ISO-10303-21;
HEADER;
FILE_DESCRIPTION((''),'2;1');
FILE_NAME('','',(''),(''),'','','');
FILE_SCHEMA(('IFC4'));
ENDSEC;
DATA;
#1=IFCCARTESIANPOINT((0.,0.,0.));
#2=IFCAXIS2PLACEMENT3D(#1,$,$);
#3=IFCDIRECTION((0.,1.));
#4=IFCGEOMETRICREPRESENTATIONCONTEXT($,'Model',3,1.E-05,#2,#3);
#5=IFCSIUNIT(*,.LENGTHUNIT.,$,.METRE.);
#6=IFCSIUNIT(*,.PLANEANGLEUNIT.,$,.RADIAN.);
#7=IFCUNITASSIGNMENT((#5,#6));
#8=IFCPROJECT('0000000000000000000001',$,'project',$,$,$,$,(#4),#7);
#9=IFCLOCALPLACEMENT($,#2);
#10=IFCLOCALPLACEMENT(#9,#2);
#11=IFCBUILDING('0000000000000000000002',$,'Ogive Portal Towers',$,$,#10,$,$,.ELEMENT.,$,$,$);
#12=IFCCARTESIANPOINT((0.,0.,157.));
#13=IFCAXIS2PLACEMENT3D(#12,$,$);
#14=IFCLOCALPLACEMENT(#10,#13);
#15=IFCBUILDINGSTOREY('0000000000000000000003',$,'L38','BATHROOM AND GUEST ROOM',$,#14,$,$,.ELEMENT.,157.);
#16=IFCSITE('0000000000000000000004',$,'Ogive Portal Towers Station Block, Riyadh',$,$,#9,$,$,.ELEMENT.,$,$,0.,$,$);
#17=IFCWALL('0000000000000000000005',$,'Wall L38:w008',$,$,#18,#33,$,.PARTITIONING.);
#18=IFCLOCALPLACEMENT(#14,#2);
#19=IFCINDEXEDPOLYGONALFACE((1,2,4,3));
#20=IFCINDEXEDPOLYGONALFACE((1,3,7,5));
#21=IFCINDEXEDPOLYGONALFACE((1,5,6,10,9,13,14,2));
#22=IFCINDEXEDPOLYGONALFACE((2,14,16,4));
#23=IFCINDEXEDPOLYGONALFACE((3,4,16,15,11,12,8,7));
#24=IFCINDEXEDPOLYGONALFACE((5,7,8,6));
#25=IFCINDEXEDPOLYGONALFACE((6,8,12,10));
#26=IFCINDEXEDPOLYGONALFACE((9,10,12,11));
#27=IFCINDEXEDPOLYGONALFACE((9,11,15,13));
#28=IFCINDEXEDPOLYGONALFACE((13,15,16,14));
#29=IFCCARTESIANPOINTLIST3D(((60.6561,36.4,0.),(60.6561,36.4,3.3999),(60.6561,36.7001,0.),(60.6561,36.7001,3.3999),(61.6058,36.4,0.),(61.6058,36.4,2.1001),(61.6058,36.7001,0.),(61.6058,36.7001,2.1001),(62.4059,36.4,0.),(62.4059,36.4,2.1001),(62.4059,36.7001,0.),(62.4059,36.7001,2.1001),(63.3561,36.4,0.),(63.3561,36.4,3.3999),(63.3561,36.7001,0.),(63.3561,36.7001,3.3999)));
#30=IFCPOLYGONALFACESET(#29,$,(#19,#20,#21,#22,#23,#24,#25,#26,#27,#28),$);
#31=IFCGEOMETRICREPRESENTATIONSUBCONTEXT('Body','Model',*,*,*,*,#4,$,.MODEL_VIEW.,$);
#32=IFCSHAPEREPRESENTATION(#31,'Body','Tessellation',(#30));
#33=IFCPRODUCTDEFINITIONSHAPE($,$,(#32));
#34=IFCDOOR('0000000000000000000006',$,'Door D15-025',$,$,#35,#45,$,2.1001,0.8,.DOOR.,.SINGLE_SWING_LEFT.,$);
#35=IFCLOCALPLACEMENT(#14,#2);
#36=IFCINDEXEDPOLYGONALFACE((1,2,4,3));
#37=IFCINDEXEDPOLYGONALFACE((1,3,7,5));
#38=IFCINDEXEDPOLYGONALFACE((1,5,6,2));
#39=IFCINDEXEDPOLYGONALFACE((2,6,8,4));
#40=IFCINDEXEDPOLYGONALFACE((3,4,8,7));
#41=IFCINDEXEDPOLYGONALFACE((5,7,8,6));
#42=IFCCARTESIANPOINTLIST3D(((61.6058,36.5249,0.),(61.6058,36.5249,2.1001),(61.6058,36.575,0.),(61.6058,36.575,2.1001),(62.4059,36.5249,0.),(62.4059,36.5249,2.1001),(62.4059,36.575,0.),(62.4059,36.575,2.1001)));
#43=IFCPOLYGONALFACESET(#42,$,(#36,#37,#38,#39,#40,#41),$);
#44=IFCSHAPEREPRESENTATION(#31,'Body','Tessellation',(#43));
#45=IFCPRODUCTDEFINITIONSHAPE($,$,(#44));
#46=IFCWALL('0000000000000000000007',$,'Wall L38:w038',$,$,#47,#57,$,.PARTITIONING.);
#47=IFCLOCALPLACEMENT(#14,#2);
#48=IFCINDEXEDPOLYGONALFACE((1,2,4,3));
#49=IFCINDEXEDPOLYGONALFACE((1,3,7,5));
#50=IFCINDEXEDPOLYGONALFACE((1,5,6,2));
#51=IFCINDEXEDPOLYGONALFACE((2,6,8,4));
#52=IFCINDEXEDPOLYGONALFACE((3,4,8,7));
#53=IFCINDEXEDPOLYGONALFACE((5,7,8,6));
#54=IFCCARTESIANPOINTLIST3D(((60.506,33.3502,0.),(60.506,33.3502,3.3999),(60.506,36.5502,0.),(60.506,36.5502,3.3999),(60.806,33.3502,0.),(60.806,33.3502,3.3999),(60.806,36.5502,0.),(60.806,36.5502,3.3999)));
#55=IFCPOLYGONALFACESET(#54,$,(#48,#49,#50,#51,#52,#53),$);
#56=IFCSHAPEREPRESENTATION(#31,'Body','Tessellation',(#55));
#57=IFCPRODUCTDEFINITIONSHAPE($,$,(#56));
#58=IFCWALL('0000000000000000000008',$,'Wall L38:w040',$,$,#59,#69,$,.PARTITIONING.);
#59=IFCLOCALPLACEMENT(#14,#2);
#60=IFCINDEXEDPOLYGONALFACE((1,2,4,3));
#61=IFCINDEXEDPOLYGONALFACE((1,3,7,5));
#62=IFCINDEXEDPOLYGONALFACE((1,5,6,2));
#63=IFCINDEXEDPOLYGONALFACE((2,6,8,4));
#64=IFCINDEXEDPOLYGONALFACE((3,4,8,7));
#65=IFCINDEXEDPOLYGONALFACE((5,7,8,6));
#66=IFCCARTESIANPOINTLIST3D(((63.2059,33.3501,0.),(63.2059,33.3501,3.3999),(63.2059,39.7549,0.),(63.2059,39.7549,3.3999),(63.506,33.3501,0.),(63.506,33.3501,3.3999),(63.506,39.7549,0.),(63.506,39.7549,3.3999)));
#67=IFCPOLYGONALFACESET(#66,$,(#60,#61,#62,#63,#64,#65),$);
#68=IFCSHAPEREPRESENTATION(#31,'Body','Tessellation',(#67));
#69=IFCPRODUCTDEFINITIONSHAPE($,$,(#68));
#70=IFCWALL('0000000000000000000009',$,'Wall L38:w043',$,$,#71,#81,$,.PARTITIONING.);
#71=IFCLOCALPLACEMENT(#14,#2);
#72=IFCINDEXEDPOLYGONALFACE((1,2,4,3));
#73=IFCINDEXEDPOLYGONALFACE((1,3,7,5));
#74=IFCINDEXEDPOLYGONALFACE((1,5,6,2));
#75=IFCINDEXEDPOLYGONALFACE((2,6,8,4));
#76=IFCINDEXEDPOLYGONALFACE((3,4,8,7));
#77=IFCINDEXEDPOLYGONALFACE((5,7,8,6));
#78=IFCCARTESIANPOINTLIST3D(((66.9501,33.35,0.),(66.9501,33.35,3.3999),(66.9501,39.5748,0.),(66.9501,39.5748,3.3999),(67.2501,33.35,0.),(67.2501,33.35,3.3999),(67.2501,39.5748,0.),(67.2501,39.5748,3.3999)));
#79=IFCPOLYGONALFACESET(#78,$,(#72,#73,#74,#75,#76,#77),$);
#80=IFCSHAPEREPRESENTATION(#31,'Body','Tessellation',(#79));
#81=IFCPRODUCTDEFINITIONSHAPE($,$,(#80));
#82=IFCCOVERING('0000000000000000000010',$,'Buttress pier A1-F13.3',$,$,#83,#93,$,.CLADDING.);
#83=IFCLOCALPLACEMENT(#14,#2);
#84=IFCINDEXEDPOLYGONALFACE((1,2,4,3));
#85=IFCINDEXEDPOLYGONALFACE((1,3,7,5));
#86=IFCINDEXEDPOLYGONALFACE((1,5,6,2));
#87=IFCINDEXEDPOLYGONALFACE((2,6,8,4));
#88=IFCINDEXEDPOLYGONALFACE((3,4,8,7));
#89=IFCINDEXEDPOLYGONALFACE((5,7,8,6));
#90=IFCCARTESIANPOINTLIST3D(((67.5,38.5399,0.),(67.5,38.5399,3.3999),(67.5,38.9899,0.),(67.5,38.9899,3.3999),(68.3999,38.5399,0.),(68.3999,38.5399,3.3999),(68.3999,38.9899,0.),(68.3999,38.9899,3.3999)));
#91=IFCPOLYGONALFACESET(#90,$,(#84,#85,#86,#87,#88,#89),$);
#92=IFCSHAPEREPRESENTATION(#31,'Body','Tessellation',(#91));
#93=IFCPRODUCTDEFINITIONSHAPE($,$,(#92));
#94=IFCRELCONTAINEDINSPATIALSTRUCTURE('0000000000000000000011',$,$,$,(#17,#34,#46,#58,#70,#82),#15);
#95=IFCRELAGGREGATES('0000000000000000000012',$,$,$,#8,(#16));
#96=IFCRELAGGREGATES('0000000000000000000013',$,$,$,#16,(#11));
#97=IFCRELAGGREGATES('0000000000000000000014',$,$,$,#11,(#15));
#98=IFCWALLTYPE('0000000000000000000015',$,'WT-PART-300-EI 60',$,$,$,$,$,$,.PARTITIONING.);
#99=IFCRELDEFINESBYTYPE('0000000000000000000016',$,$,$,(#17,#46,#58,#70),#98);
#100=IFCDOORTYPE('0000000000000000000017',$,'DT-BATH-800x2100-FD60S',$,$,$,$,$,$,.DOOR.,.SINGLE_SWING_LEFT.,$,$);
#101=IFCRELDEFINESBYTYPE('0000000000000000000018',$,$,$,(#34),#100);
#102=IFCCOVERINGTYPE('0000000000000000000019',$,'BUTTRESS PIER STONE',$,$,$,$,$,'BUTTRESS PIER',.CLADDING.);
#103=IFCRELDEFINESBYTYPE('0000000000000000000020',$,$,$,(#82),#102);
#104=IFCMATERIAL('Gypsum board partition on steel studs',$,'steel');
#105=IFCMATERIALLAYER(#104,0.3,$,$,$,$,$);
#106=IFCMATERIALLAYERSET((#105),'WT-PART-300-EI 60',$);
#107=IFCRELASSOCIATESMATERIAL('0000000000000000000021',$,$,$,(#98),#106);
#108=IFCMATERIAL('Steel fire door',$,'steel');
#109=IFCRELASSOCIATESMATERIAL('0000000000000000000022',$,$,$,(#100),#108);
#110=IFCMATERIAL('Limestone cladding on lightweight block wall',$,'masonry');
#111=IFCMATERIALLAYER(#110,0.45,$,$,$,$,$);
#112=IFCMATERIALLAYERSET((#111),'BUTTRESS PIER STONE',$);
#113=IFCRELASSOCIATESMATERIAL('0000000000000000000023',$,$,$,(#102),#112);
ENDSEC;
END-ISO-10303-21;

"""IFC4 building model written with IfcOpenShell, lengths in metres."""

from ifc_helpers import new_model, si_unit, direction, frame, frame_2d, origin, origin_2d, place, context, subcontext, project, spatial, rectangle, extrude, material, layer, layer_set, type_object, element, fill, save


model = new_model("IFC4")

# Units and contexts
model_context = context("Model", 3, precision=1e-05, world=origin(), true_north=direction((0.0, 1.0)))
body_context = subcontext(model_context, "Body", "Model", "MODEL_VIEW")
ifc_project = project(units=[si_unit("LENGTHUNIT", "METRE"), si_unit("PLANEANGLEUNIT", "RADIAN")], contexts=[model_context])

# Site, building, storey
site_placement = place(None, origin())
site = spatial("IfcSite", under=ifc_project, at=site_placement, Name="Ogive Portal Towers Station Block, Riyadh", CompositionType="ELEMENT", RefElevation=0.0)
building_placement = place(site_placement, origin())
building = spatial("IfcBuilding", under=site, at=building_placement, Name="Ogive Portal Towers", CompositionType="ELEMENT")
storey_placement = place(building_placement, frame((0.0, 0.0, 157.0)))
storey = spatial("IfcBuildingStorey", under=building, at=storey_placement, Name="L38", Description="BATHROOM AND GUEST ROOM", CompositionType="ELEMENT", Elevation=157.0)

# Wall, opening, door
ifc_material_1 = material(Name="Gypsum board partition on steel studs", Category="steel")
ifc_layer_1 = layer(ifc_material_1, 0.3)
ifc_layer_set_1 = layer_set([ifc_layer_1], Name="WT-PART-300-EI 60")
wall_type = type_object("IfcWallType", Name="WT-PART-300-EI 60", PredefinedType="PARTITIONING", material=ifc_layer_set_1)
wall_1_placement = place(storey_placement, frame((60.656, 36.55, 0.0), z_axis=(0.0, 0.0, 1.0), x_axis=(1.0, 0.0, 0.0)))
wall_1 = element("IfcWall", 1, at=wall_1_placement, inside=storey, type_object=wall_type, Name="Wall L38:w008", PredefinedType="PARTITIONING", context=body_context, shape_type="SweptSolid", body=[
    extrude(rectangle(XDim=2.7, YDim=0.3, at=frame_2d((1.3501, 0.0))), origin(), (0.0, 0.0, 1.0), 3.3999),
])
opening_placement = place(wall_1_placement, frame((0.95, 0.0, 0.0)))
opening = element("IfcOpeningElement", 2, at=opening_placement, cuts=wall_1, PredefinedType="OPENING", context=body_context, shape_type="SweptSolid", body=[
    extrude(rectangle(XDim=0.8, YDim=2.1001, at=frame_2d((0.3999, 1.05))), frame((0.0, 0.1602, 0.0), z_axis=(0.0, -1.0, 0.0), x_axis=(1.0, 0.0, 0.0)), (0.0, 0.0, 1.0), 0.3201),
])
ifc_material_2 = material(Name="Steel fire door", Category="steel")
door_type = type_object("IfcDoorType", Name="DT-BATH-800x2100-FD60S", OperationType="SINGLE_SWING_LEFT", PredefinedType="DOOR", material=ifc_material_2)
door_placement = place(opening_placement, origin())
door = element("IfcDoor", 3, at=door_placement, inside=storey, type_object=door_type, Name="Door D15-025", OperationType="SINGLE_SWING_LEFT", OverallHeight=2.1001, OverallWidth=0.8, PredefinedType="DOOR", context=body_context, shape_type="SweptSolid", body=[
    extrude(rectangle(XDim=0.8, YDim=2.1001, at=frame_2d((0.3999, 1.05))), frame((0.0, 0.0249, 0.0), z_axis=(0.0, -1.0, 0.0), x_axis=(1.0, 0.0, 0.0)), (0.0, 0.0, 1.0), 0.05),
])
fill(opening, door)

# Walls
wall_2_placement = place(storey_placement, frame((60.656, 33.3501, 0.0), z_axis=(0.0, 0.0, 1.0), x_axis=(0.0, 1.0, 0.0)))
element("IfcWall", 4, at=wall_2_placement, inside=storey, type_object=wall_type, Name="Wall L38:w038", PredefinedType="PARTITIONING", context=body_context, shape_type="SweptSolid", body=[
    extrude(rectangle(XDim=3.2, YDim=0.3, at=frame_2d((1.6001, 0.0))), origin(), (0.0, 0.0, 1.0), 3.3999),
])
wall_3_placement = place(storey_placement, frame((63.356, 33.3501, 0.0), z_axis=(0.0, 0.0, 1.0), x_axis=(0.0, 1.0, 0.0)))
element("IfcWall", 5, at=wall_3_placement, inside=storey, type_object=wall_type, Name="Wall L38:w040", PredefinedType="PARTITIONING", context=body_context, shape_type="SweptSolid", body=[
    extrude(rectangle(XDim=6.4048, YDim=0.3, at=frame_2d((3.2024, 0.0))), origin(), (0.0, 0.0, 1.0), 3.3999),
])
wall_4_placement = place(storey_placement, frame((67.1001, 33.3501, 0.0), z_axis=(0.0, 0.0, 1.0), x_axis=(0.0, 1.0, 0.0)))
element("IfcWall", 6, at=wall_4_placement, inside=storey, type_object=wall_type, Name="Wall L38:w043", PredefinedType="PARTITIONING", context=body_context, shape_type="SweptSolid", body=[
    extrude(rectangle(XDim=6.2249, YDim=0.3, at=frame_2d((3.1123, 0.0))), origin(), (0.0, 0.0, 1.0), 3.3999),
])

# Covering
ifc_material_3 = material(Name="Limestone cladding on lightweight block wall", Category="masonry")
ifc_layer_2 = layer(ifc_material_3, 0.45)
ifc_layer_set_2 = layer_set([ifc_layer_2], Name="BUTTRESS PIER STONE")
covering_type = type_object("IfcCoveringType", Name="BUTTRESS PIER STONE", ElementType="BUTTRESS PIER", PredefinedType="CLADDING", material=ifc_layer_set_2)
covering_placement = place(storey_placement, frame((67.95, 38.7649, 0.0), z_axis=(0.0, 0.0, 1.0), x_axis=(1.0, 0.0, 0.0)))
element("IfcCovering", 7, at=covering_placement, inside=storey, type_object=covering_type, Name="Buttress pier A1-F13.3", PredefinedType="CLADDING", context=body_context, shape_type="SweptSolid", body=[
    extrude(rectangle(XDim=0.8999, YDim=0.45, at=origin_2d()), origin(), (0.0, 0.0, 1.0), 3.3999),
])

save(model, "model.ifc")
